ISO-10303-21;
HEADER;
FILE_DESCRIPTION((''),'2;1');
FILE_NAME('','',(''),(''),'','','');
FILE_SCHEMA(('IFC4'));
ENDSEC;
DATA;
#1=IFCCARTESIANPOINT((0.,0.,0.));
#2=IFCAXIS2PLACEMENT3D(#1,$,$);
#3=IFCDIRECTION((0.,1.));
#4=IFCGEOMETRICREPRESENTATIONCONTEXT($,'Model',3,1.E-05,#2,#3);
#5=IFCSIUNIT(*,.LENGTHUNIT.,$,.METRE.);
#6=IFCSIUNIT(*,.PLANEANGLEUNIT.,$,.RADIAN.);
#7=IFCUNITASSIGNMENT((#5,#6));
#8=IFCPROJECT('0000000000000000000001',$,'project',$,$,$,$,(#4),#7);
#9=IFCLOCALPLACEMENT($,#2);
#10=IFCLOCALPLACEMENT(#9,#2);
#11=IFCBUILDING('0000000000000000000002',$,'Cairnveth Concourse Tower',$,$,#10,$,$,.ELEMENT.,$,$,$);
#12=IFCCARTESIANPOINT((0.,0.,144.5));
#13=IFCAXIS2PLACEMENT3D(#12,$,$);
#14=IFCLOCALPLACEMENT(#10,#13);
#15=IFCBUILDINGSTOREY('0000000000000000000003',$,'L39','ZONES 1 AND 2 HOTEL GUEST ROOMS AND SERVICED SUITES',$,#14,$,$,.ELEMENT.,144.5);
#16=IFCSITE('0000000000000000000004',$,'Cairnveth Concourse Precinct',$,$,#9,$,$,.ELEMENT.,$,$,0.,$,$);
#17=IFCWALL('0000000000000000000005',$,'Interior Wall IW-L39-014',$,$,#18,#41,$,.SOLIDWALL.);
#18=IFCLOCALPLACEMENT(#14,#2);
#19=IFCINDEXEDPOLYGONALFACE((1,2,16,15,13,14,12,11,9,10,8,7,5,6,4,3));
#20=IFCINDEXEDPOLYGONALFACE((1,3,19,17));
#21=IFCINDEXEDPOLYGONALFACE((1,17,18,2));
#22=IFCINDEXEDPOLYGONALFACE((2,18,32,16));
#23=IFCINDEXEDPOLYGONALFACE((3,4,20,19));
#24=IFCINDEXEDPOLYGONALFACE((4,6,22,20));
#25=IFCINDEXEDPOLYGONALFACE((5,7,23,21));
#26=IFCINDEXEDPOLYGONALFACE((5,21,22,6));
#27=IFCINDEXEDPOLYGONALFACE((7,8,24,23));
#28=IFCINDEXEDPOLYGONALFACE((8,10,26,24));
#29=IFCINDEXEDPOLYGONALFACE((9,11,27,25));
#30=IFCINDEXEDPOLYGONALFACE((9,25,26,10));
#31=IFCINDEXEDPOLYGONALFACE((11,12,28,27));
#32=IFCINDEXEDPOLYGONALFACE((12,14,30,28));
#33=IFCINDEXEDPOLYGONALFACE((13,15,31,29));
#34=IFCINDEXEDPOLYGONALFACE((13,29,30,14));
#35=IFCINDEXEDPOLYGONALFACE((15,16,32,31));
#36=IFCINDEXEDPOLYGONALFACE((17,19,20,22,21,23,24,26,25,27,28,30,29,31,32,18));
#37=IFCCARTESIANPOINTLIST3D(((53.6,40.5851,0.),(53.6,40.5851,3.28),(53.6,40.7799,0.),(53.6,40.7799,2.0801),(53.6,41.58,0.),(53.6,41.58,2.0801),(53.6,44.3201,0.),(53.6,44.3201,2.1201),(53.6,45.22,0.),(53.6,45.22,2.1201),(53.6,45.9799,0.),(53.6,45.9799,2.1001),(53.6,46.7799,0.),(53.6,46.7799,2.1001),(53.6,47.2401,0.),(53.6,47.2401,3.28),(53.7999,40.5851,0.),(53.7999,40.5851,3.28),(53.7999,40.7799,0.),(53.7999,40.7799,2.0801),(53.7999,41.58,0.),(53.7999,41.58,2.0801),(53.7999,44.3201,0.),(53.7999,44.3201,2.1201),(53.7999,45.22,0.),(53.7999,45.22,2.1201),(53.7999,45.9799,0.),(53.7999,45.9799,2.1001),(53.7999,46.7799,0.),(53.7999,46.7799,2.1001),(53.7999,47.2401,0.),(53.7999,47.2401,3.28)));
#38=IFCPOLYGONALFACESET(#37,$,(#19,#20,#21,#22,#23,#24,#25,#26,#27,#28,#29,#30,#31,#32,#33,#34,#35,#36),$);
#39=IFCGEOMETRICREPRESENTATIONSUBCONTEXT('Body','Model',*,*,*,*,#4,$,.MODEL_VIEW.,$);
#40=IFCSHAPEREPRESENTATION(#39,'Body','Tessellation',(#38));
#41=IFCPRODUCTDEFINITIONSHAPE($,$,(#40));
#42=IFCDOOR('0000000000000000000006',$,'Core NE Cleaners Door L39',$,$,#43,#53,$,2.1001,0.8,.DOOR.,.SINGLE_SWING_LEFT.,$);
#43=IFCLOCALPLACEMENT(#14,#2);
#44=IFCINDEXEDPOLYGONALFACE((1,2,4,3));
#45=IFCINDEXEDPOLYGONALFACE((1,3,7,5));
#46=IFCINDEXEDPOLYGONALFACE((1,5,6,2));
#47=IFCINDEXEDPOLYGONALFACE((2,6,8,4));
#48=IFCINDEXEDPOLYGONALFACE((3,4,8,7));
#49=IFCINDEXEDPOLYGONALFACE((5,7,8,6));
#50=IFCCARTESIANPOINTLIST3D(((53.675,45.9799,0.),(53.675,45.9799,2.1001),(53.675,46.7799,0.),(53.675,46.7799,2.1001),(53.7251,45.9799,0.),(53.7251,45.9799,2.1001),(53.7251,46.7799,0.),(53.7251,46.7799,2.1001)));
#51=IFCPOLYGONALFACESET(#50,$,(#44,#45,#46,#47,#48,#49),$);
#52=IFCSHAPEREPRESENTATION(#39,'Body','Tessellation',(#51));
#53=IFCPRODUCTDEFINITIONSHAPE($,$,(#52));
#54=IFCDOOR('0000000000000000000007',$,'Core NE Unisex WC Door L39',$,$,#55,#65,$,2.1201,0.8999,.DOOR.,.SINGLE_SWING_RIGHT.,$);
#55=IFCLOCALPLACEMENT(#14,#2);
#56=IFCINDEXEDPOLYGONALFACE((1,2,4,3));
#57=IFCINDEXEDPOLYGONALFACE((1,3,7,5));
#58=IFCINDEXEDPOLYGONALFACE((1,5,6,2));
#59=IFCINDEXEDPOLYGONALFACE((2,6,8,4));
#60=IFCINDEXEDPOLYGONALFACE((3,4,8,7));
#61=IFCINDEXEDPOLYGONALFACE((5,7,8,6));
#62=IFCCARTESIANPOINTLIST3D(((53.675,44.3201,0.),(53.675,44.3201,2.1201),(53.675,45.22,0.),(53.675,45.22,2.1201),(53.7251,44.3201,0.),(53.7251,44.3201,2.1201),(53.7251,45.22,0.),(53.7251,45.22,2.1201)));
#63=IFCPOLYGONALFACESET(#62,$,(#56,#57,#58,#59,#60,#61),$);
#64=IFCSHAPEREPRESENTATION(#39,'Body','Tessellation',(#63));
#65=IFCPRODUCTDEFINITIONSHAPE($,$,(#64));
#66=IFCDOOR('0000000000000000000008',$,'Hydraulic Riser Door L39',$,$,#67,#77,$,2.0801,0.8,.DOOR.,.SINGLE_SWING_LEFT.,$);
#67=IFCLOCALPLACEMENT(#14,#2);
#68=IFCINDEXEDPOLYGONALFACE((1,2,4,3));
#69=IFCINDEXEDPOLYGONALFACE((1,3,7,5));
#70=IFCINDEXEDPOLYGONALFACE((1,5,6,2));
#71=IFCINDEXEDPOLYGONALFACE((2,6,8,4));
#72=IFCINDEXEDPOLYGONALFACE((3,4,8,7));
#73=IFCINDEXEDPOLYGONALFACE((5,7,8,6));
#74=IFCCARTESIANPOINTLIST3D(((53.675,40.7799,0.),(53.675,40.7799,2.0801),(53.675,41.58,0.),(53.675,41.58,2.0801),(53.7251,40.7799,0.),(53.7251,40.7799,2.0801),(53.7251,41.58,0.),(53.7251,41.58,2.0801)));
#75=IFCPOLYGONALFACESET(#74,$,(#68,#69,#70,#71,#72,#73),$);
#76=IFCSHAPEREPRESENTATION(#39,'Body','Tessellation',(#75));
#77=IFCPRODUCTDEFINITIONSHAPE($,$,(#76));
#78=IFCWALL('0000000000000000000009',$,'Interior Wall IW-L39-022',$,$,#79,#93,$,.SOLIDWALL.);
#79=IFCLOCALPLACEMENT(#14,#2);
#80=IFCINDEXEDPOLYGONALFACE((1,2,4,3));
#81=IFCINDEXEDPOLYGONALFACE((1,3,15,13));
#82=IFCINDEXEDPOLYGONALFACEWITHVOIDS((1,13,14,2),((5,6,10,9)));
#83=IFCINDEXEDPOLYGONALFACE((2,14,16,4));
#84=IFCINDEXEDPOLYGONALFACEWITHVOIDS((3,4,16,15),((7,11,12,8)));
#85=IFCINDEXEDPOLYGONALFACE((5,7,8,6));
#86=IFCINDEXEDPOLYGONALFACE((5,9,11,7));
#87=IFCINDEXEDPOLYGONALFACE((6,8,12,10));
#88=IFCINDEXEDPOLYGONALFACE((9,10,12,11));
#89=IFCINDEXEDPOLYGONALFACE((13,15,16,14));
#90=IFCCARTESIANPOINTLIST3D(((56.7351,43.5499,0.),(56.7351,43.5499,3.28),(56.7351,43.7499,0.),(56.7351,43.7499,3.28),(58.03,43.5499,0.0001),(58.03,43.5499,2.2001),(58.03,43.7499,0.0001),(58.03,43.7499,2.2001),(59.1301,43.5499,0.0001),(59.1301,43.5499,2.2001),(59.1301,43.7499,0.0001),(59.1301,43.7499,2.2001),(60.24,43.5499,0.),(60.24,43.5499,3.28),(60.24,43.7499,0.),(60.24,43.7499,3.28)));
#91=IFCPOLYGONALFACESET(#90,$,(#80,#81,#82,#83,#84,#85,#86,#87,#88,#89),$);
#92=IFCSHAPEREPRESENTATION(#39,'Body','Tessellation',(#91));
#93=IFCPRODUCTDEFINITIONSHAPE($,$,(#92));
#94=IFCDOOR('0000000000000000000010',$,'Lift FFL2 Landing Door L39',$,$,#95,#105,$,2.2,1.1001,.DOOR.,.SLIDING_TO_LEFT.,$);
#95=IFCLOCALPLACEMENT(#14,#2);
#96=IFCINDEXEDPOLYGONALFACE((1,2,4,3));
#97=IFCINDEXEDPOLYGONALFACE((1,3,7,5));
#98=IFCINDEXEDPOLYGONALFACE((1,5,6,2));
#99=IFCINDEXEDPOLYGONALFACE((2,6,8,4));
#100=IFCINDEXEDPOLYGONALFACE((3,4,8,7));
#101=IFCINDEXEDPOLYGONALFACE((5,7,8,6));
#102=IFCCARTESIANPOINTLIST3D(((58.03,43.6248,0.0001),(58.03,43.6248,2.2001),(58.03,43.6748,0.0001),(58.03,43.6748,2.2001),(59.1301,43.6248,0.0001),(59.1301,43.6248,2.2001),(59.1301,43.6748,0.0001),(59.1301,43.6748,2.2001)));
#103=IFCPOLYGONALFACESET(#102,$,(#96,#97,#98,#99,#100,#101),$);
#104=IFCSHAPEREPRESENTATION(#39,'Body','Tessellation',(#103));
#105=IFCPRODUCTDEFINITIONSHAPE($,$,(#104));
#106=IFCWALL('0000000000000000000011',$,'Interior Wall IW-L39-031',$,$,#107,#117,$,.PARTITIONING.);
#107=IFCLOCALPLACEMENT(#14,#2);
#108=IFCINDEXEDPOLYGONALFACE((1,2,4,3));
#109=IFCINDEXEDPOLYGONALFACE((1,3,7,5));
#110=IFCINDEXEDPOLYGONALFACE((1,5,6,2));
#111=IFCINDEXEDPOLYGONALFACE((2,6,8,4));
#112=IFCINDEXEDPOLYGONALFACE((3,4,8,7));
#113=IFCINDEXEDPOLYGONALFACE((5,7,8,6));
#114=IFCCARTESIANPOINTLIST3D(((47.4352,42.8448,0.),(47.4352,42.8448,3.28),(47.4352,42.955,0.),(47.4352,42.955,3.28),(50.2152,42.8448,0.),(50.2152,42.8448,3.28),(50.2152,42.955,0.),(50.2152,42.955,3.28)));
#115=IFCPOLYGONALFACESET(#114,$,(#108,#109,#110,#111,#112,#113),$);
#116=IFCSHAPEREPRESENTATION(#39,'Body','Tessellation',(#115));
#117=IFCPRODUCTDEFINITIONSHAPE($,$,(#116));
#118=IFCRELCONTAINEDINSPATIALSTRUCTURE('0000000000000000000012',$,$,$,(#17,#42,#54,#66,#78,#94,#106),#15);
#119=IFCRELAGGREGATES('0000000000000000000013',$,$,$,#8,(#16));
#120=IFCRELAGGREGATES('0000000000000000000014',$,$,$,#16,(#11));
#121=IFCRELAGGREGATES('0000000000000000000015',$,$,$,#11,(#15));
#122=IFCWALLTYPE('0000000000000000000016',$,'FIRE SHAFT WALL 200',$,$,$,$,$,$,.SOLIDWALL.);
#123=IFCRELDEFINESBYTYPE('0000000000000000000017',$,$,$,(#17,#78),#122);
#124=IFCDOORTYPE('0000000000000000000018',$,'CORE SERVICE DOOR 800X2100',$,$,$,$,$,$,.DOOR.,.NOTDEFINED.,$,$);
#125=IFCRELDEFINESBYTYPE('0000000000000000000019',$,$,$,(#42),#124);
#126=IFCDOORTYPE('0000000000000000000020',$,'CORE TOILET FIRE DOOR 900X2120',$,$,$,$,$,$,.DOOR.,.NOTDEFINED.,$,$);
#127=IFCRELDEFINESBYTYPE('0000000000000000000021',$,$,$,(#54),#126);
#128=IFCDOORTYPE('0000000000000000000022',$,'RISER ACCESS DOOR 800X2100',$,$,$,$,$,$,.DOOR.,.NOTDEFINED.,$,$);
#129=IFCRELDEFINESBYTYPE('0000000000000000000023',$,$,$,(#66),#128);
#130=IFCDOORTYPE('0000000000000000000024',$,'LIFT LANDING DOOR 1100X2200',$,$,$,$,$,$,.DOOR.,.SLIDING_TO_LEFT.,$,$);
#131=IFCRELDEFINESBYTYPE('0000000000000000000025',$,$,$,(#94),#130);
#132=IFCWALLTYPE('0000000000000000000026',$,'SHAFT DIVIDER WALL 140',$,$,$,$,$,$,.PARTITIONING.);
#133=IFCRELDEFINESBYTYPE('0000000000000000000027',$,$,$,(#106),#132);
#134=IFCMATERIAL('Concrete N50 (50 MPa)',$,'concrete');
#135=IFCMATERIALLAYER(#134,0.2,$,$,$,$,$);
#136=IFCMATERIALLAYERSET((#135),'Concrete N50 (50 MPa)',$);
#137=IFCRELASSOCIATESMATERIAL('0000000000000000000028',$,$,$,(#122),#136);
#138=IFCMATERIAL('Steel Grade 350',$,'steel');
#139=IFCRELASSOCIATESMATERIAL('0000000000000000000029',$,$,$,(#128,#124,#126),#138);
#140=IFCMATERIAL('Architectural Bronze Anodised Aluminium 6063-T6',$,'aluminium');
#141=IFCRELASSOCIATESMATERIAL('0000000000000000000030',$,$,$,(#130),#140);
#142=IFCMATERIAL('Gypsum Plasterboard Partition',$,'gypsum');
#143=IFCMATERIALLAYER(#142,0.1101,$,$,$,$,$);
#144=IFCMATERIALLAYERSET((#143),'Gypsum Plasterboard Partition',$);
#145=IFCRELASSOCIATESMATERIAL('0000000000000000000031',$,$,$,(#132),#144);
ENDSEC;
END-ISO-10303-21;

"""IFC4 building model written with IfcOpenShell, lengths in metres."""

from ifc_helpers import new_model, si_unit, direction, frame, frame_2d, origin, place, context, subcontext, project, spatial, rectangle, extrude, material, layer, layer_set, type_object, element, fill, save


model = new_model("IFC4")

# Units and contexts
model_context = context("Model", 3, precision=1e-05, world=origin(), true_north=direction((0.0, 1.0)))
body_context = subcontext(model_context, "Body", "Model", "MODEL_VIEW")
ifc_project = project(units=[si_unit("LENGTHUNIT", "METRE"), si_unit("PLANEANGLEUNIT", "RADIAN")], contexts=[model_context])

# Site, building, storey
site_placement = place(None, origin())
site = spatial("IfcSite", under=ifc_project, at=site_placement, Name="Cairnveth Concourse Precinct", CompositionType="ELEMENT", RefElevation=0.0)
building_placement = place(site_placement, origin())
building = spatial("IfcBuilding", under=site, at=building_placement, Name="Cairnveth Concourse Tower", CompositionType="ELEMENT")
storey_placement = place(building_placement, frame((0.0, 0.0, 144.5)))
storey = spatial("IfcBuildingStorey", under=building, at=storey_placement, Name="L39", Description="ZONES 1 AND 2 HOTEL GUEST ROOMS AND SERVICED SUITES", CompositionType="ELEMENT", Elevation=144.5)

# Shared definitions
ifc_material_1 = material(Name="Concrete N50 (50 MPa)", Category="concrete")

# Shared definitions
ifc_material_2 = material(Name="Steel Grade 350", Category="steel")

# Shared definitions
ifc_layer_1 = layer(ifc_material_1, 0.2)
ifc_layer_set_1 = layer_set([ifc_layer_1], Name="Concrete N50 (50 MPa)")
wall_type_1 = type_object("IfcWallType", Name="FIRE SHAFT WALL 200", PredefinedType="SOLIDWALL", material=ifc_layer_set_1)

# Shared definitions
door_type_1 = type_object("IfcDoorType", Name="RISER ACCESS DOOR 800X2100", OperationType="NOTDEFINED", PredefinedType="DOOR", material=ifc_material_2)

# Wall, openings, doors
wall_1_placement = place(storey_placement, frame((53.7, 40.585, 0.0), z_axis=(0.0, 0.0, 1.0), x_axis=(0.0, 1.0, 0.0)))
wall_1 = element("IfcWall", 1, at=wall_1_placement, inside=storey, type_object=wall_type_1, Name="Interior Wall IW-L39-014", PredefinedType="SOLIDWALL", context=body_context, shape_type="SweptSolid", body=[
    extrude(rectangle(XDim=6.655, YDim=0.2, at=frame_2d((3.3276, 0.0))), origin(), (0.0, 0.0, 1.0), 3.28),
])
opening_1_placement = place(wall_1_placement, frame((0.1951, 0.0, 0.0)))
opening_1 = element("IfcOpeningElement", 2, at=opening_1_placement, cuts=wall_1, PredefinedType="OPENING", context=body_context, shape_type="SweptSolid", body=[
    extrude(rectangle(XDim=0.8, YDim=2.0801, at=frame_2d((0.3999, 1.04))), frame((0.0, 0.1099, 0.0), z_axis=(0.0, -1.0, 0.0), x_axis=(1.0, 0.0, 0.0)), (0.0, 0.0, 1.0), 0.22),
])
opening_2_placement = place(wall_1_placement, frame((3.7351, 0.0, 0.0)))
opening_2 = element("IfcOpeningElement", 3, at=opening_2_placement, cuts=wall_1, PredefinedType="OPENING", context=body_context, shape_type="SweptSolid", body=[
    extrude(rectangle(XDim=0.8999, YDim=2.1201, at=frame_2d((0.45, 1.0601))), frame((0.0, 0.1099, 0.0), z_axis=(0.0, -1.0, 0.0), x_axis=(1.0, 0.0, 0.0)), (0.0, 0.0, 1.0), 0.22),
])
opening_3_placement = place(wall_1_placement, frame((5.395, 0.0, 0.0)))
opening_3 = element("IfcOpeningElement", 4, at=opening_3_placement, cuts=wall_1, PredefinedType="OPENING", context=body_context, shape_type="SweptSolid", body=[
    extrude(rectangle(XDim=0.8, YDim=2.1001, at=frame_2d((0.3999, 1.05))), frame((0.0, 0.1099, 0.0), z_axis=(0.0, -1.0, 0.0), x_axis=(1.0, 0.0, 0.0)), (0.0, 0.0, 1.0), 0.22),
])
door_type_2 = type_object("IfcDoorType", Name="CORE SERVICE DOOR 800X2100", OperationType="NOTDEFINED", PredefinedType="DOOR", material=ifc_material_2)
door_1_placement = place(opening_3_placement, origin())
door_1 = element("IfcDoor", 5, at=door_1_placement, inside=storey, type_object=door_type_2, Name="Core NE Cleaners Door L39", OperationType="SINGLE_SWING_LEFT", OverallHeight=2.1001, OverallWidth=0.8, PredefinedType="DOOR", context=body_context, shape_type="SweptSolid", body=[
    extrude(rectangle(XDim=0.8, YDim=2.1001, at=frame_2d((0.3999, 1.05))), frame((0.0, 0.0249, 0.0), z_axis=(0.0, -1.0, 0.0), x_axis=(1.0, 0.0, 0.0)), (0.0, 0.0, 1.0), 0.05),
])
fill(opening_3, door_1)
door_type_3 = type_object("IfcDoorType", Name="CORE TOILET FIRE DOOR 900X2120", OperationType="NOTDEFINED", PredefinedType="DOOR", material=ifc_material_2)
door_2_placement = place(opening_2_placement, origin())
door_2 = element("IfcDoor", 6, at=door_2_placement, inside=storey, type_object=door_type_3, Name="Core NE Unisex WC Door L39", OperationType="SINGLE_SWING_RIGHT", OverallHeight=2.1201, OverallWidth=0.8999, PredefinedType="DOOR", context=body_context, shape_type="SweptSolid", body=[
    extrude(rectangle(XDim=0.8999, YDim=2.1201, at=frame_2d((0.45, 1.0601))), frame((0.0, 0.0249, 0.0), z_axis=(0.0, -1.0, 0.0), x_axis=(1.0, 0.0, 0.0)), (0.0, 0.0, 1.0), 0.05),
])
fill(opening_2, door_2)
door_3_placement = place(opening_1_placement, origin())
door_3 = element("IfcDoor", 7, at=door_3_placement, inside=storey, type_object=door_type_1, Name="Hydraulic Riser Door L39", OperationType="SINGLE_SWING_LEFT", OverallHeight=2.0801, OverallWidth=0.8, PredefinedType="DOOR", context=body_context, shape_type="SweptSolid", body=[
    extrude(rectangle(XDim=0.8, YDim=2.0801, at=frame_2d((0.3999, 1.04))), frame((0.0, 0.0249, 0.0), z_axis=(0.0, -1.0, 0.0), x_axis=(1.0, 0.0, 0.0)), (0.0, 0.0, 1.0), 0.05),
])
fill(opening_1, door_3)

# Wall, opening, door
wall_2_placement = place(storey_placement, frame((56.7351, 43.6499, 0.0), z_axis=(0.0, 0.0, 1.0), x_axis=(1.0, 0.0, 0.0)))
wall_2 = element("IfcWall", 8, at=wall_2_placement, inside=storey, type_object=wall_type_1, Name="Interior Wall IW-L39-022", PredefinedType="SOLIDWALL", context=body_context, shape_type="SweptSolid", body=[
    extrude(rectangle(XDim=3.5049, YDim=0.2, at=frame_2d((1.7524, 0.0))), origin(), (0.0, 0.0, 1.0), 3.28),
])
opening_4_placement = place(wall_2_placement, frame((1.2949, 0.0, 0.0)))
opening_4 = element("IfcOpeningElement", 9, at=opening_4_placement, cuts=wall_2, PredefinedType="OPENING", context=body_context, shape_type="SweptSolid", body=[
    extrude(rectangle(XDim=1.1001, YDim=2.2, at=frame_2d((0.55, 1.1001))), frame((0.0, 0.1099, 0.0), z_axis=(0.0, -1.0, 0.0), x_axis=(1.0, 0.0, 0.0)), (0.0, 0.0, 1.0), 0.22),
])
ifc_material_3 = material(Name="Architectural Bronze Anodised Aluminium 6063-T6", Category="aluminium")
door_type_4 = type_object("IfcDoorType", Name="LIFT LANDING DOOR 1100X2200", OperationType="SLIDING_TO_LEFT", PredefinedType="DOOR", material=ifc_material_3)
door_4_placement = place(opening_4_placement, origin())
door_4 = element("IfcDoor", 10, at=door_4_placement, inside=storey, type_object=door_type_4, Name="Lift FFL2 Landing Door L39", OperationType="SLIDING_TO_LEFT", OverallHeight=2.2, OverallWidth=1.1001, PredefinedType="DOOR", context=body_context, shape_type="SweptSolid", body=[
    extrude(rectangle(XDim=1.1001, YDim=2.2, at=frame_2d((0.55, 1.1001))), frame((0.0, 0.0249, 0.0), z_axis=(0.0, -1.0, 0.0), x_axis=(1.0, 0.0, 0.0)), (0.0, 0.0, 1.0), 0.05),
])
fill(opening_4, door_4)

# Wall
ifc_material_4 = material(Name="Gypsum Plasterboard Partition", Category="gypsum")
ifc_layer_2 = layer(ifc_material_4, 0.1101)
ifc_layer_set_2 = layer_set([ifc_layer_2], Name="Gypsum Plasterboard Partition")
wall_type_2 = type_object("IfcWallType", Name="SHAFT DIVIDER WALL 140", PredefinedType="PARTITIONING", material=ifc_layer_set_2)
wall_3_placement = place(storey_placement, frame((47.4351, 42.8999, 0.0), z_axis=(0.0, 0.0, 1.0), x_axis=(1.0, 0.0, 0.0)))
element("IfcWall", 11, at=wall_3_placement, inside=storey, type_object=wall_type_2, Name="Interior Wall IW-L39-031", PredefinedType="PARTITIONING", context=body_context, shape_type="SweptSolid", body=[
    extrude(rectangle(XDim=2.78, YDim=0.1101, at=frame_2d((1.3901, 0.0))), origin(), (0.0, 0.0, 1.0), 3.28),
])

save(model, "model.ifc")
